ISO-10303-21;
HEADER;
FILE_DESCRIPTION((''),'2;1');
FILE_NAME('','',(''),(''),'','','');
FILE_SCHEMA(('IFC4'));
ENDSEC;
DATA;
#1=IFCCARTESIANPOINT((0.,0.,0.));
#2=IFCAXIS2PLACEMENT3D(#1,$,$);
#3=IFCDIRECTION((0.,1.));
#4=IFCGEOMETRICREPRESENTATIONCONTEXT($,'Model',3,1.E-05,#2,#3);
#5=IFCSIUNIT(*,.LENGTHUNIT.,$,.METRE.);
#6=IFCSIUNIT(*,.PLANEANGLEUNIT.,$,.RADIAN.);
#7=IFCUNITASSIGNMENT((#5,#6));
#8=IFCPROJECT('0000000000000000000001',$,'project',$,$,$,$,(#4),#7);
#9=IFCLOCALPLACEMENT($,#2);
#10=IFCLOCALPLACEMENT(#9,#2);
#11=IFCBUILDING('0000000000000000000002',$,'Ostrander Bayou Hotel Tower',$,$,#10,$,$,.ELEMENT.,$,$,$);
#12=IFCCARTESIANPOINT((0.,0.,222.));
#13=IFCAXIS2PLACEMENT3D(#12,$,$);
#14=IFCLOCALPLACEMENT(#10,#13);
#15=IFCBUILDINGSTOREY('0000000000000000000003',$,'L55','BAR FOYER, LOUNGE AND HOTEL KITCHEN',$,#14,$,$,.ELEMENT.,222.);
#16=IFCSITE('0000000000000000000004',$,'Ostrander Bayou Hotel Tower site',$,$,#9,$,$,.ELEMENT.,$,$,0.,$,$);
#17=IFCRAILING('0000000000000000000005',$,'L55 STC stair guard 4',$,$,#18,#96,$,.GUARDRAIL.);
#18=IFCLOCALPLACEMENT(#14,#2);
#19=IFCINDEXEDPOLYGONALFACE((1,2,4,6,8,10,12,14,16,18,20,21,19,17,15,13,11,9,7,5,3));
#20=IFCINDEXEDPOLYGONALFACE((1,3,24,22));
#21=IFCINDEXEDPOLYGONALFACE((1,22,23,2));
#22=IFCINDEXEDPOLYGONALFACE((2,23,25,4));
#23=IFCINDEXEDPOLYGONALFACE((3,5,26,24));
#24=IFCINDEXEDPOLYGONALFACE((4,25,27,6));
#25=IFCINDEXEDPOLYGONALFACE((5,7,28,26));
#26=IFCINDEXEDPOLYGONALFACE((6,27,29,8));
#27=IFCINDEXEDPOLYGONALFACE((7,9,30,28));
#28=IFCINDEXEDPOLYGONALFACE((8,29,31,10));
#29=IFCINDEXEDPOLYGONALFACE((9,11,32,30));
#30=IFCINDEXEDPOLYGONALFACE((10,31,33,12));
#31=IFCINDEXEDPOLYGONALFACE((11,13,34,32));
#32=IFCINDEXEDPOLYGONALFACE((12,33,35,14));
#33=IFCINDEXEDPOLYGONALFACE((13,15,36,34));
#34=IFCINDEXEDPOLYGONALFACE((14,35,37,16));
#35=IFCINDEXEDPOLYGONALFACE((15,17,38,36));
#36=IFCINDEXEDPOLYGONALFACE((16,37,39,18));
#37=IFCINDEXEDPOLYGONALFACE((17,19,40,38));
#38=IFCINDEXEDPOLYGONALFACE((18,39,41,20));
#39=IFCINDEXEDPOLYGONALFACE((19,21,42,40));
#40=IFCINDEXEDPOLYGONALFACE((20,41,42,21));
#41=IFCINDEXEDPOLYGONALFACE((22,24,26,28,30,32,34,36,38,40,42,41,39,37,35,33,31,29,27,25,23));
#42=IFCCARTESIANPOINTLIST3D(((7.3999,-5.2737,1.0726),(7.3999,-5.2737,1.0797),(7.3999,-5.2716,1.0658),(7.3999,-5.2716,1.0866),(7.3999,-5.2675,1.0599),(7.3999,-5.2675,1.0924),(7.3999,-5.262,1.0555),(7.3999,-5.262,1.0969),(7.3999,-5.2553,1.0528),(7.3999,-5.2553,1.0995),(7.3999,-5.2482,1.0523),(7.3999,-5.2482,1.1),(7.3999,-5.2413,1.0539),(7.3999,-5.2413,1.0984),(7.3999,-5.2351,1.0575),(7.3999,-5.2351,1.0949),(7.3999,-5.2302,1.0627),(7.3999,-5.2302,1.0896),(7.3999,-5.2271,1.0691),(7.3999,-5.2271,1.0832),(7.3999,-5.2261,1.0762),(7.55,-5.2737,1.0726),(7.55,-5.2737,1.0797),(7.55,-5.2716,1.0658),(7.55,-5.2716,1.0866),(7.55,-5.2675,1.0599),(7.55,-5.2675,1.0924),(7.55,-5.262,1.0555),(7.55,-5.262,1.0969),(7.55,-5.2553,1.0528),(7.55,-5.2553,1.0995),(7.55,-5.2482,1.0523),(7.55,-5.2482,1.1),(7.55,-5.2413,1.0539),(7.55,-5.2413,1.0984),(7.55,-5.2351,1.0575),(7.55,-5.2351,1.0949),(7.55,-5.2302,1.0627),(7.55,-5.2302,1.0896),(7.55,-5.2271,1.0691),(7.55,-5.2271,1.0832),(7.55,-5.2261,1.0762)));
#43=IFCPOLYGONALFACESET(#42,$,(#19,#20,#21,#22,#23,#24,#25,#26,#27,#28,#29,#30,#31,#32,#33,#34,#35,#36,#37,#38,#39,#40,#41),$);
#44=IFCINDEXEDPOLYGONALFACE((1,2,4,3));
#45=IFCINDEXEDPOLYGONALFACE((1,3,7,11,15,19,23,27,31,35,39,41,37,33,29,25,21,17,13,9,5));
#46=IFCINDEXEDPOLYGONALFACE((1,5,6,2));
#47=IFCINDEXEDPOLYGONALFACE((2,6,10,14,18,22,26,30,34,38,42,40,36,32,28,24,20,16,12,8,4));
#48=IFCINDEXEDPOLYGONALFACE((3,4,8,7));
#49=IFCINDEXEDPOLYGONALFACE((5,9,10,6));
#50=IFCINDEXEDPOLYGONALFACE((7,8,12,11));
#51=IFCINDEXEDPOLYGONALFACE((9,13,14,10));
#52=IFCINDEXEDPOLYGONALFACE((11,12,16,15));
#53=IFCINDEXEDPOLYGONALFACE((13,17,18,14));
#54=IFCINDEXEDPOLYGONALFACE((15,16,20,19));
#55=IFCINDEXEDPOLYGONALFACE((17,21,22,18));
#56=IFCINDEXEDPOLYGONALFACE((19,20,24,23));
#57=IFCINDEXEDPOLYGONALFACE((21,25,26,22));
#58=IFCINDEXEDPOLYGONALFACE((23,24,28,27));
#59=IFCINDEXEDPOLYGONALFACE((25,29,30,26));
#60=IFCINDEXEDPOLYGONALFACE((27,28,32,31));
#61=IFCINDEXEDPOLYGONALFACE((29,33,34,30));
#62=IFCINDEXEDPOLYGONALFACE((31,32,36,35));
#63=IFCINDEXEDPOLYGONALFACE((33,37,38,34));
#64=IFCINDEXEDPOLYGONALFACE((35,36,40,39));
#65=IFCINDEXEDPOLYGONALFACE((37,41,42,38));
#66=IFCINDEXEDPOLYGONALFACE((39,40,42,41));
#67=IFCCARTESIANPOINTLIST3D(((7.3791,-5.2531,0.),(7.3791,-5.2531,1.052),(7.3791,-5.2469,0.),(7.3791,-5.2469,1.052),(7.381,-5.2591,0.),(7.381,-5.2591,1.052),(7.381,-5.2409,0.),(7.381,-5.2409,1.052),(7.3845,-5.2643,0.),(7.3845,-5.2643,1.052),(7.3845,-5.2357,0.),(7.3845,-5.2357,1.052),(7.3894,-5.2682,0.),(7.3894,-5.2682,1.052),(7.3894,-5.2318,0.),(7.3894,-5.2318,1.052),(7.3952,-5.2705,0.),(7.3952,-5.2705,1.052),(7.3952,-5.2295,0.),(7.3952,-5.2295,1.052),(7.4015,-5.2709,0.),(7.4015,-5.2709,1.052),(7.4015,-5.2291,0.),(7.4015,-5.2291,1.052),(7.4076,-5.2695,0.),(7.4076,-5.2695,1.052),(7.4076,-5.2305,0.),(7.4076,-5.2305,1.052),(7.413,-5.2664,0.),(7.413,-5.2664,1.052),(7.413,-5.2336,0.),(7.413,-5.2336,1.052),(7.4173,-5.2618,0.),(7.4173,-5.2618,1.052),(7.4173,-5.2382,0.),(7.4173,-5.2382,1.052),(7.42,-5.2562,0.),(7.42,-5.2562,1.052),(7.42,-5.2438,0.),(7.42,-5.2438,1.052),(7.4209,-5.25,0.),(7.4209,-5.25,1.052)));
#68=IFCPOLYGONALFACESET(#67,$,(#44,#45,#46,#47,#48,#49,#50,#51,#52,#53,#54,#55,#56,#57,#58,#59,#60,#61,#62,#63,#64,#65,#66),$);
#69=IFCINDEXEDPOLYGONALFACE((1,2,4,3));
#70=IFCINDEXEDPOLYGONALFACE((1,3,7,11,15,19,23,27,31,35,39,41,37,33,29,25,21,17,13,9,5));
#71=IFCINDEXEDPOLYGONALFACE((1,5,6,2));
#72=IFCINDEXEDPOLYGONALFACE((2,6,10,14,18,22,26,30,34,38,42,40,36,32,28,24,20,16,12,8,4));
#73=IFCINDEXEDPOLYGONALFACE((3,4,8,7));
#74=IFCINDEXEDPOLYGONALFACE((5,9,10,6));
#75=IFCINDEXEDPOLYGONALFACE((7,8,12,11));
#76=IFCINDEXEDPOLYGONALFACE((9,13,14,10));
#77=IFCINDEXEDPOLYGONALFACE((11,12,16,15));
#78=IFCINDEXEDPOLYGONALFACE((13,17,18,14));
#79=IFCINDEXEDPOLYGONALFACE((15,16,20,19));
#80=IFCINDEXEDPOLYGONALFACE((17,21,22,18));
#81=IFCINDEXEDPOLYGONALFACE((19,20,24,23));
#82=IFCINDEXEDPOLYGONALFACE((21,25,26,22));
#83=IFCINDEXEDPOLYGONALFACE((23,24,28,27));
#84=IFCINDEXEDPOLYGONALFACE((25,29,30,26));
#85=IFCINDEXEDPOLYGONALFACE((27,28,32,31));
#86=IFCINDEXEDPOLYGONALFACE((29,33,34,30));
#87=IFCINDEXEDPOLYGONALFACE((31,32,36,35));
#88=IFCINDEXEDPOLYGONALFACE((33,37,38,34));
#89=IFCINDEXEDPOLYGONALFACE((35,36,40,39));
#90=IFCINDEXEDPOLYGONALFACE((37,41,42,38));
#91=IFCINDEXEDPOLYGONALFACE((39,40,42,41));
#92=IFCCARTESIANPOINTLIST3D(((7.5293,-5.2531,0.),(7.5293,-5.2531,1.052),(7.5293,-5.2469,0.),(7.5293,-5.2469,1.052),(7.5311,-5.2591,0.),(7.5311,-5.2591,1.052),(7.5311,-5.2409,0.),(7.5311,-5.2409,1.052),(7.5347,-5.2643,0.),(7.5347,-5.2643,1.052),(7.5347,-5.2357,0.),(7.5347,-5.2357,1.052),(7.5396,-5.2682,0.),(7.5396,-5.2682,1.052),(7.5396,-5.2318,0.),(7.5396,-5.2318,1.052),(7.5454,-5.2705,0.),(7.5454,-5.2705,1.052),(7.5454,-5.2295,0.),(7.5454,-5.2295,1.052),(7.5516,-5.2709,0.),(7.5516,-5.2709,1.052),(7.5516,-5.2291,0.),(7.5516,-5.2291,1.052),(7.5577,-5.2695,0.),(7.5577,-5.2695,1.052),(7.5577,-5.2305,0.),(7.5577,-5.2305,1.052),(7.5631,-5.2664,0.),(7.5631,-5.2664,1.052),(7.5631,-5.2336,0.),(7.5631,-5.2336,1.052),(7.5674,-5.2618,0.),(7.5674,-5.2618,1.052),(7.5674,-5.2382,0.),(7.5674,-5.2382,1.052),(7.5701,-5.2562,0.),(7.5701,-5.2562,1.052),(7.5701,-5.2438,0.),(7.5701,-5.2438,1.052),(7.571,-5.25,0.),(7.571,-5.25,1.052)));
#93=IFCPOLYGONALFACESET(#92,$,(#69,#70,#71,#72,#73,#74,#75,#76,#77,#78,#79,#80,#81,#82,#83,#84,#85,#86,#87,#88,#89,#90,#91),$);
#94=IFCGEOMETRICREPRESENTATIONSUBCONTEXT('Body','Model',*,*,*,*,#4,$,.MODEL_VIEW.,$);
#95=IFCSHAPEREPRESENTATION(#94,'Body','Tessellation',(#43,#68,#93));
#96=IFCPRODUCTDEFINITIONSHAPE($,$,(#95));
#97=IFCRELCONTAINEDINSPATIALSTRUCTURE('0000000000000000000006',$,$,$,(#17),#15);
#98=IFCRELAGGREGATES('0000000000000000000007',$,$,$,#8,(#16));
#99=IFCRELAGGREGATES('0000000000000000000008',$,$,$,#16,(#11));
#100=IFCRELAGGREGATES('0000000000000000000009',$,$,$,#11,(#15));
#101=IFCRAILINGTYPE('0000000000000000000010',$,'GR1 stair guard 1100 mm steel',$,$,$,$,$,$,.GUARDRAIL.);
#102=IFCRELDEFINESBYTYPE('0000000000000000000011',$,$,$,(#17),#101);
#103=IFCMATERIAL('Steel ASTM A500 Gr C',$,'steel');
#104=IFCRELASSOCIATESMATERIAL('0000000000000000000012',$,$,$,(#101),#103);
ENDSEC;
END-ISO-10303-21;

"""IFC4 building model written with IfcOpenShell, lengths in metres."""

from ifc_helpers import new_model, si_unit, direction, frame, origin, origin_2d, place, context, subcontext, project, spatial, circle, extrude, material, type_object, element, save


model = new_model("IFC4")

# Units and contexts
model_context = context("Model", 3, precision=1e-05, world=origin(), true_north=direction((0.0, 1.0)))
body_context = subcontext(model_context, "Body", "Model", "MODEL_VIEW")
ifc_project = project(units=[si_unit("LENGTHUNIT", "METRE"), si_unit("PLANEANGLEUNIT", "RADIAN")], contexts=[model_context])

# Site, building, storey
site_placement = place(None, origin())
site = spatial("IfcSite", under=ifc_project, at=site_placement, Name="Ostrander Bayou Hotel Tower site", CompositionType="ELEMENT", RefElevation=0.0)
building_placement = place(site_placement, origin())
building = spatial("IfcBuilding", under=site, at=building_placement, Name="Ostrander Bayou Hotel Tower", CompositionType="ELEMENT")
storey_placement = place(building_placement, frame((0.0, 0.0, 222.0)))
storey = spatial("IfcBuildingStorey", under=building, at=storey_placement, Name="L55", Description="BAR FOYER, LOUNGE AND HOTEL KITCHEN", CompositionType="ELEMENT", Elevation=222.0)

# Railing
ifc_material_1 = material(Name="Steel ASTM A500 Gr C", Category="steel")
railing_type_1 = type_object("IfcRailingType", Name="GR1 stair guard 1100 mm steel", PredefinedType="GUARDRAIL", material=ifc_material_1)
railing_1_placement = place(storey_placement, frame((7.3999, -5.25, 0.0)))
element("IfcRailing", 1, at=railing_1_placement, inside=storey, type_object=railing_type_1, Name="L55 STC stair guard 4", PredefinedType="GUARDRAIL", context=body_context, shape_type="SweptSolid", body=[
    extrude(circle(Radius=0.0239, at=origin_2d()), frame((0.0, 0.0, 1.0762), z_axis=(1.0, 0.0, 0.0), x_axis=(0.0, 1.0, 0.0)), (0.0, 0.0, 1.0), 0.1501),
    extrude(circle(Radius=0.021, at=origin_2d()), origin(), (0.0, 0.0, 1.0), 1.052),
    extrude(circle(Radius=0.021, at=origin_2d()), frame((0.1501, 0.0, 0.0)), (0.0, 0.0, 1.0), 1.052),
])

save(model, "model.ifc")
